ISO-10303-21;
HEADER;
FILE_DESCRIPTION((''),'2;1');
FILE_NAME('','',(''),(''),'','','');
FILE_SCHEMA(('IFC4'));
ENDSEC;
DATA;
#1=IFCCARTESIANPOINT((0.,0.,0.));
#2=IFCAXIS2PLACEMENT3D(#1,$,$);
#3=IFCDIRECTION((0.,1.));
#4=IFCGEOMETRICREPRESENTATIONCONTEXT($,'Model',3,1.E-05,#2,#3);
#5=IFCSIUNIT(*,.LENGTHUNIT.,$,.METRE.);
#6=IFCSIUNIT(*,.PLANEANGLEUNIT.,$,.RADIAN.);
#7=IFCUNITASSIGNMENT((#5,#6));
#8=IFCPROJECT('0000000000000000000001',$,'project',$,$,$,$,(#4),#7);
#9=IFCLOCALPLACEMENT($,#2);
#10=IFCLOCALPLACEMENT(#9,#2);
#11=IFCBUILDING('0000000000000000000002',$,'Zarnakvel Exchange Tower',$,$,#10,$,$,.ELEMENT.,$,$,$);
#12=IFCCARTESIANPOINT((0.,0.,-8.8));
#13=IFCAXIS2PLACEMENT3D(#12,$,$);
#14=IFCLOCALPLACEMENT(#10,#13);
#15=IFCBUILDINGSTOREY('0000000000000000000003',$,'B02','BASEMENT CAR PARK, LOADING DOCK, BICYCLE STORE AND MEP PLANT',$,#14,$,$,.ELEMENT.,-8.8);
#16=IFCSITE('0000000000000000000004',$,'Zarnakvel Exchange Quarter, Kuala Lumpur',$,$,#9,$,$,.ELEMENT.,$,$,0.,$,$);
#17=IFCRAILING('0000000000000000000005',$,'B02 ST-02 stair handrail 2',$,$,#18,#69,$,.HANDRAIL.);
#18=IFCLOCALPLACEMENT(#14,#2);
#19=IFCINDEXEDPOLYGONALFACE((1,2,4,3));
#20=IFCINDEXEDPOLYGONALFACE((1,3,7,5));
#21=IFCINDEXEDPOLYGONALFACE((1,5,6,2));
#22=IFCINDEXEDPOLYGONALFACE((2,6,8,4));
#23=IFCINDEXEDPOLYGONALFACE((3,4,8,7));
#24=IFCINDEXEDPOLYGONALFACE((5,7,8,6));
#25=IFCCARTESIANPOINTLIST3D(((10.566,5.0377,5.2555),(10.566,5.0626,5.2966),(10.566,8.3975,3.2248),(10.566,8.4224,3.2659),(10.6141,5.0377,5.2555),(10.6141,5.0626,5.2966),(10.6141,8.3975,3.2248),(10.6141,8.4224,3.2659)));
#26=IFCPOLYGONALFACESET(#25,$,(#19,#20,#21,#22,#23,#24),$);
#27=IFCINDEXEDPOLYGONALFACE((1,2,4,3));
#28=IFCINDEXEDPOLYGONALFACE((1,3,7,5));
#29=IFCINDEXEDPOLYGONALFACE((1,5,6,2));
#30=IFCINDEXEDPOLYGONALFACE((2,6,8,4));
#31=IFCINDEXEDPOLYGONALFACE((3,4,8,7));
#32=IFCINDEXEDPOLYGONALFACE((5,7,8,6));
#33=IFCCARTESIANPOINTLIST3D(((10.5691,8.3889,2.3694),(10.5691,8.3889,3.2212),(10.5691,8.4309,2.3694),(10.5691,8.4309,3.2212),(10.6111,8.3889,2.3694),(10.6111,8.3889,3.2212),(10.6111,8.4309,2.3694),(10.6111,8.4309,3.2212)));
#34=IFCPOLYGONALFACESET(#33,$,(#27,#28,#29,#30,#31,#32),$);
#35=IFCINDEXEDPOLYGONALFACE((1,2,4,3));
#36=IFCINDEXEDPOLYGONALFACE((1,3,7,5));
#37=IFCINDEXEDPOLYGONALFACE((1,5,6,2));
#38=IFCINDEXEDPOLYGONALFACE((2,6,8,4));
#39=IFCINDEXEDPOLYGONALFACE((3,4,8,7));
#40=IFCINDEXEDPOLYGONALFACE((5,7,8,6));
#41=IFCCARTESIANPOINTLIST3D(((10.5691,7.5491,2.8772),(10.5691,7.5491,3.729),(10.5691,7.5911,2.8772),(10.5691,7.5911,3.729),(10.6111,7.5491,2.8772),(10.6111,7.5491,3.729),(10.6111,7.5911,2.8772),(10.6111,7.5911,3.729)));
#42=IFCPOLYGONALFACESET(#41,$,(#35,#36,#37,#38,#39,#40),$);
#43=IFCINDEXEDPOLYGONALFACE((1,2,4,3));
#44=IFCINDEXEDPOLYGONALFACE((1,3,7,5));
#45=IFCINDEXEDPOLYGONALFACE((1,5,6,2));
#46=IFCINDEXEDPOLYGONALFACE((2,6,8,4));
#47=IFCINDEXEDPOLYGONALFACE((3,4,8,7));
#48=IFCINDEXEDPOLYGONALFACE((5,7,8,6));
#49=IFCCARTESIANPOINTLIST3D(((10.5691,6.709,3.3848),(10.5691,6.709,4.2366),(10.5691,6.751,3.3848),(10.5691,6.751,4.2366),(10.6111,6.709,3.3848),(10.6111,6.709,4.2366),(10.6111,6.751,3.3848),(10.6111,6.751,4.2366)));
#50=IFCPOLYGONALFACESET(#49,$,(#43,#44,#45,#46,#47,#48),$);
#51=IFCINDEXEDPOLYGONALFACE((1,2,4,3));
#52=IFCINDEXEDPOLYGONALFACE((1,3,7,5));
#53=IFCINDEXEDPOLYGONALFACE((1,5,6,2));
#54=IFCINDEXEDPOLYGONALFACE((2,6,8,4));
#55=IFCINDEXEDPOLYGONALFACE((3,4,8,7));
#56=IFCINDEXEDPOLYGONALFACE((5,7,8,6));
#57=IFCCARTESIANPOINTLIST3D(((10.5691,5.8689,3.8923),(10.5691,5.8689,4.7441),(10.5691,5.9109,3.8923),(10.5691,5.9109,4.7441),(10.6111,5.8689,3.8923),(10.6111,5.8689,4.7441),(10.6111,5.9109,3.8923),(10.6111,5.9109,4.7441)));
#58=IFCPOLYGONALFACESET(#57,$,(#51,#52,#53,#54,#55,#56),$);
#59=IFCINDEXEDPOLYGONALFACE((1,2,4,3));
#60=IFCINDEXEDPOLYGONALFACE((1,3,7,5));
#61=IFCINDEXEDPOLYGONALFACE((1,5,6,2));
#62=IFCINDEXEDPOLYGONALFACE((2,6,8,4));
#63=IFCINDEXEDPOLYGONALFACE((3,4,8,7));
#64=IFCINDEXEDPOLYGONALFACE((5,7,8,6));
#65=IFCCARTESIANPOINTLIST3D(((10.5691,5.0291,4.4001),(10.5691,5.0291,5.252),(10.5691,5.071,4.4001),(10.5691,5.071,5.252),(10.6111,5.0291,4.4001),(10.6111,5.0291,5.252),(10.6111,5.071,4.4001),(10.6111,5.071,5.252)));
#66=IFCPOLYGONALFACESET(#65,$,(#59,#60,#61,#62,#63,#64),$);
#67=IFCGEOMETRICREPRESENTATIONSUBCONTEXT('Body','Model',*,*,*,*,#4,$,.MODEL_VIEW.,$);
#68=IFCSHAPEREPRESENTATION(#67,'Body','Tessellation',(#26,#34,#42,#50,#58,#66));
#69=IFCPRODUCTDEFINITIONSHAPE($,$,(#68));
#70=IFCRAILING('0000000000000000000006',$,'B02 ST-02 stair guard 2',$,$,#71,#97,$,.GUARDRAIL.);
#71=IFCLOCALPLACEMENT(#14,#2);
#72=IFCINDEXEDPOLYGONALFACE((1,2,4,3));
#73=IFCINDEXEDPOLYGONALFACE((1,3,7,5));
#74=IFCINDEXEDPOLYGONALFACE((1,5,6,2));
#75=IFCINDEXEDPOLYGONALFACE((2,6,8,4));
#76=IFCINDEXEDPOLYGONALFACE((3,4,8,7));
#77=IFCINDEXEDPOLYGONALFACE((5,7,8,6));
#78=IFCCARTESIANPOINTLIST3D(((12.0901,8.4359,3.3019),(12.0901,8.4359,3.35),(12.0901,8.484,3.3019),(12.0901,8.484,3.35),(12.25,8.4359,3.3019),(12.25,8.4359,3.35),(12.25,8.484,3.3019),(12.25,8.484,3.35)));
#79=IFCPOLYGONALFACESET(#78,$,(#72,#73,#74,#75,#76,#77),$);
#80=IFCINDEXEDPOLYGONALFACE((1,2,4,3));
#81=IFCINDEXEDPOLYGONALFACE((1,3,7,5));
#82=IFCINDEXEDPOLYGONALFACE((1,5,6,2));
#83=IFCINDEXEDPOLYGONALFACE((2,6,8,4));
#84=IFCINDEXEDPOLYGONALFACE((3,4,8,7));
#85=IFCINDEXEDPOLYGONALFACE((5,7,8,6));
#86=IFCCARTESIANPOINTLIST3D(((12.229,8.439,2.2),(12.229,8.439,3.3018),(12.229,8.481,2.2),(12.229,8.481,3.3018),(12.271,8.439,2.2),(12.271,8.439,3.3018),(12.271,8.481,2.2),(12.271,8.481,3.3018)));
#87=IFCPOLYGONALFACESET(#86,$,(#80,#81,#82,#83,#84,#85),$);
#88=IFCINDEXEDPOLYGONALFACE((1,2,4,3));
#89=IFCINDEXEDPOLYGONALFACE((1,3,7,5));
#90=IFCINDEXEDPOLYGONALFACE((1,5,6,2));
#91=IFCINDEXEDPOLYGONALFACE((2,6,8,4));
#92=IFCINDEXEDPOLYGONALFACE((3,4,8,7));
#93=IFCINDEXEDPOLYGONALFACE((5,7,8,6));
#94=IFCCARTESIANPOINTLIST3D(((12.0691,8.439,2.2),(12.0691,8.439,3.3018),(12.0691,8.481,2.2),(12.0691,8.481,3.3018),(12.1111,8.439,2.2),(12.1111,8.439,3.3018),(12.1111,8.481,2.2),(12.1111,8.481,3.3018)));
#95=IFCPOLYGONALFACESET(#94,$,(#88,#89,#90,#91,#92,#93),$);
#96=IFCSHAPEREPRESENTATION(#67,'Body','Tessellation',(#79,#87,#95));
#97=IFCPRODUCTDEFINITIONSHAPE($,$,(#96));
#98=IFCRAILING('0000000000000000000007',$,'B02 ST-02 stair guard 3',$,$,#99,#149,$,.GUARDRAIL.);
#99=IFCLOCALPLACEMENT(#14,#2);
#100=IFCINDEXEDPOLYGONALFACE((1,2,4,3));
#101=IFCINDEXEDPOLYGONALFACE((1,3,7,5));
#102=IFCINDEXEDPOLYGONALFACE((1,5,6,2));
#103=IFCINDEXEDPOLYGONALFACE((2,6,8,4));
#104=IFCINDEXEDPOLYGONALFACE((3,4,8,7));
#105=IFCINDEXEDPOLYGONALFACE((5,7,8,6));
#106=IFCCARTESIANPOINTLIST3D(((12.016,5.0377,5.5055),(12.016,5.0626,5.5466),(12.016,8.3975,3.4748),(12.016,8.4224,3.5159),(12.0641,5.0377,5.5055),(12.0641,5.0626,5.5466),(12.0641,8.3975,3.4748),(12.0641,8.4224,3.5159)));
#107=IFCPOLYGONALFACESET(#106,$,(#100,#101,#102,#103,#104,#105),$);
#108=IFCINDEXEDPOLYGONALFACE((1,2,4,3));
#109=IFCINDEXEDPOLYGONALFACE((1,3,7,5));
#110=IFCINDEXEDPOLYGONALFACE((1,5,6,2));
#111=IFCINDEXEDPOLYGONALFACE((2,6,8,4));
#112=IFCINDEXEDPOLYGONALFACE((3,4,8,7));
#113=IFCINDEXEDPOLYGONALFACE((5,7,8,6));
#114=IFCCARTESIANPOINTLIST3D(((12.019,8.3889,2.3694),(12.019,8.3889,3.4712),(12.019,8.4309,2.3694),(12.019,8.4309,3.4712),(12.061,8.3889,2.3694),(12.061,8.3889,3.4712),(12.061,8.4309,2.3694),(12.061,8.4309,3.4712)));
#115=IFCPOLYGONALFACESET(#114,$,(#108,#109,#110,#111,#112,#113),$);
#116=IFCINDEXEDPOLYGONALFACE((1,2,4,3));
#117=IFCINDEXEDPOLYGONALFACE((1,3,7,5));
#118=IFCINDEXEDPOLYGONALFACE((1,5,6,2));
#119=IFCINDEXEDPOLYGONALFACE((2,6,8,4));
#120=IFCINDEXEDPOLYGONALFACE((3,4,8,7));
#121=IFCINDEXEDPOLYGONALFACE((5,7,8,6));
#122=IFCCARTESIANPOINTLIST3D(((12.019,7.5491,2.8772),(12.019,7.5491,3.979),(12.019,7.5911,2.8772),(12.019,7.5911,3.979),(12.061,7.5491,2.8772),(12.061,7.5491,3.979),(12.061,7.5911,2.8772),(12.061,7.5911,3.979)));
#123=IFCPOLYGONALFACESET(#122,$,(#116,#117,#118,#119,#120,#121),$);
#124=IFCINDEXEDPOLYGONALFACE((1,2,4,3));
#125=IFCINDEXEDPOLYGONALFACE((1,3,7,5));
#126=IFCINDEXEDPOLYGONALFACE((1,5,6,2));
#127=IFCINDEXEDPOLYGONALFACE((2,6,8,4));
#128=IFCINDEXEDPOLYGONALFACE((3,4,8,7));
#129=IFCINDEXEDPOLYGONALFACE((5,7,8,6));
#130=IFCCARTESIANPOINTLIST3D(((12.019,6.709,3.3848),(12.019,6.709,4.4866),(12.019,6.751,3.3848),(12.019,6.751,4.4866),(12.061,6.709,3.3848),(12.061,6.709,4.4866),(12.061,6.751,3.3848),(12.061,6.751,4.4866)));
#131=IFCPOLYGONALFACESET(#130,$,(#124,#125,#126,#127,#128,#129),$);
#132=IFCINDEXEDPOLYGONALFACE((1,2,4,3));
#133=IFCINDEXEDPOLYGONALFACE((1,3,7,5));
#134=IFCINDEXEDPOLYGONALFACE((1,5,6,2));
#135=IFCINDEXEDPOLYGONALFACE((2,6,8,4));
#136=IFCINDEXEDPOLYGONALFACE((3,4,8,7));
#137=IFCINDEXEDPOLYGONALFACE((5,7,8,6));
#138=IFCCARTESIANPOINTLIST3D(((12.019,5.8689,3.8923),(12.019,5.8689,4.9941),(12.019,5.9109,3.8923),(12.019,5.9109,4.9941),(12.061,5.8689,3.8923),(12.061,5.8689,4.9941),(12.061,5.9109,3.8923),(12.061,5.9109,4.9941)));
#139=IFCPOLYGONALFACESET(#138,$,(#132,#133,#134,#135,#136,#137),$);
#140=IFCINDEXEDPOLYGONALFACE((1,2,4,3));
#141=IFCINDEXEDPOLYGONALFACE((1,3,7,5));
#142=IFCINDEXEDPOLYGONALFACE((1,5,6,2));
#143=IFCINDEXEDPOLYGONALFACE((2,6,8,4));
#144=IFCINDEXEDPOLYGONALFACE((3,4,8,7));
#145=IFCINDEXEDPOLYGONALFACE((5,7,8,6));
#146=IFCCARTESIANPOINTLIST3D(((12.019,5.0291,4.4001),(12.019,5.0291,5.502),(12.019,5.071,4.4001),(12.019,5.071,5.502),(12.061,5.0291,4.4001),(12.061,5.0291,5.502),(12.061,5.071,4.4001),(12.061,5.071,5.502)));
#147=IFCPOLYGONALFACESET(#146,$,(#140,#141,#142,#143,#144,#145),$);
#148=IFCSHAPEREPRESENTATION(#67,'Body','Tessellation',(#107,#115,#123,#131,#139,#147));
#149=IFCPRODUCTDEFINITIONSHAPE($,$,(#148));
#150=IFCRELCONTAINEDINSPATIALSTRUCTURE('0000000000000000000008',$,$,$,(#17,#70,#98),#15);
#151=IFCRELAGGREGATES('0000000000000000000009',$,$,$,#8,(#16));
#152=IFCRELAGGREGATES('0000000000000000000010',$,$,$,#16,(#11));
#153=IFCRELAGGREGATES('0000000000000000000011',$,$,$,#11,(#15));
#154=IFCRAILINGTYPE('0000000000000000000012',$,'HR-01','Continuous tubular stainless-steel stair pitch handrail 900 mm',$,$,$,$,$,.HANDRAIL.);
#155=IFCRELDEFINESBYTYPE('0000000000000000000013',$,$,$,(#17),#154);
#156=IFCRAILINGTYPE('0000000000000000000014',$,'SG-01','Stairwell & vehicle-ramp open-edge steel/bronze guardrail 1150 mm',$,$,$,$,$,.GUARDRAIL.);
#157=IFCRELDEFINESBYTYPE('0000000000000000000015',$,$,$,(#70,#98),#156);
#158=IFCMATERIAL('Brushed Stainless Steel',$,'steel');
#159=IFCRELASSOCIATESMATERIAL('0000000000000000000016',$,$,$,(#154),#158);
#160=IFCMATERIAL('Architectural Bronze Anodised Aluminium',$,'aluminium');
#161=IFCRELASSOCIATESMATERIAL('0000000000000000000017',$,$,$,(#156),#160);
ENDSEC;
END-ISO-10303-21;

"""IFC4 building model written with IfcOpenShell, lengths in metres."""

from ifc_helpers import new_model, si_unit, direction, frame, origin, origin_2d, place, context, subcontext, project, spatial, rectangle, extrude, material, type_object, element, save


model = new_model("IFC4")

# Units and contexts
model_context = context("Model", 3, precision=1e-05, world=origin(), true_north=direction((0.0, 1.0)))
body_context = subcontext(model_context, "Body", "Model", "MODEL_VIEW")
ifc_project = project(units=[si_unit("LENGTHUNIT", "METRE"), si_unit("PLANEANGLEUNIT", "RADIAN")], contexts=[model_context])

# Site, building, storey
site_placement = place(None, origin())
site = spatial("IfcSite", under=ifc_project, at=site_placement, Name="Zarnakvel Exchange Quarter, Kuala Lumpur", CompositionType="ELEMENT", RefElevation=0.0)
building_placement = place(site_placement, origin())
building = spatial("IfcBuilding", under=site, at=building_placement, Name="Zarnakvel Exchange Tower", CompositionType="ELEMENT")
storey_placement = place(building_placement, frame((0.0, 0.0, -8.8)))
storey = spatial("IfcBuildingStorey", under=building, at=storey_placement, Name="B02", Description="BASEMENT CAR PARK, LOADING DOCK, BICYCLE STORE AND MEP PLANT", CompositionType="ELEMENT", Elevation=-8.8)

# Shared definitions
ifc_material_1 = material(Name="Architectural Bronze Anodised Aluminium", Category="aluminium")

# Railings
ifc_material_2 = material(Name="Brushed Stainless Steel", Category="steel")
railing_type_1 = type_object("IfcRailingType", Name="HR-01", Description="Continuous tubular stainless-steel stair pitch handrail 900 mm", PredefinedType="HANDRAIL", material=ifc_material_2)
railing_1_placement = place(storey_placement, frame((10.5901, 8.4099, 2.3694)))
element("IfcRailing", 1, at=railing_1_placement, inside=storey, type_object=railing_type_1, Name="B02 ST-02 stair handrail 2", PredefinedType="HANDRAIL", context=body_context, shape_type="SweptSolid", body=[
    extrude(rectangle(XDim=0.0481, YDim=0.0481, at=origin_2d()), frame((0.0, 0.0, 0.876), z_axis=(0.0, -0.85582, 0.517273), x_axis=(1.0, 0.0, 0.0)), (0.0, 0.0, 1.0), 3.9258),
    extrude(rectangle(XDim=0.042, YDim=0.042, at=origin_2d()), origin(), (0.0, 0.0, 1.0), 0.8518),
    extrude(rectangle(XDim=0.042, YDim=0.042, at=origin_2d()), frame((0.0, -0.8398, 0.5078)), (0.0, 0.0, 1.0), 0.8518),
    extrude(rectangle(XDim=0.042, YDim=0.042, at=origin_2d()), frame((0.0, -1.6799, 1.0154)), (0.0, 0.0, 1.0), 0.8518),
    extrude(rectangle(XDim=0.042, YDim=0.042, at=origin_2d()), frame((0.0, -2.52, 1.5229)), (0.0, 0.0, 1.0), 0.8518),
    extrude(rectangle(XDim=0.042, YDim=0.042, at=origin_2d()), frame((0.0, -3.3599, 2.0308)), (0.0, 0.0, 1.0), 0.8518),
])
railing_type_2 = type_object("IfcRailingType", Name="SG-01", Description="Stairwell & vehicle-ramp open-edge steel/bronze guardrail 1150 mm", PredefinedType="GUARDRAIL", material=ifc_material_1)
railing_2_placement = place(storey_placement, frame((12.25, 8.46, 2.2)))
element("IfcRailing", 2, at=railing_2_placement, inside=storey, type_object=railing_type_2, Name="B02 ST-02 stair guard 2", PredefinedType="GUARDRAIL", context=body_context, shape_type="SweptSolid", body=[
    extrude(rectangle(XDim=0.0481, YDim=0.0481, at=origin_2d()), frame((0.0, 0.0, 1.126), z_axis=(-1.0, 0.0, 0.0), x_axis=(0.0, -1.0, 0.0)), (0.0, 0.0, 1.0), 0.1599),
    extrude(rectangle(XDim=0.042, YDim=0.042, at=origin_2d()), origin(), (0.0, 0.0, 1.0), 1.1018),
    extrude(rectangle(XDim=0.042, YDim=0.042, at=origin_2d()), frame((-0.1599, 0.0, 0.0)), (0.0, 0.0, 1.0), 1.1018),
])
railing_3_placement = place(storey_placement, frame((12.04, 8.4099, 2.3694)))
element("IfcRailing", 3, at=railing_3_placement, inside=storey, type_object=railing_type_2, Name="B02 ST-02 stair guard 3", PredefinedType="GUARDRAIL", context=body_context, shape_type="SweptSolid", body=[
    extrude(rectangle(XDim=0.0481, YDim=0.0481, at=origin_2d()), frame((0.0, 0.0, 1.126), z_axis=(0.0, -0.85582, 0.517273), x_axis=(1.0, 0.0, 0.0)), (0.0, 0.0, 1.0), 3.9258),
    extrude(rectangle(XDim=0.042, YDim=0.042, at=origin_2d()), origin(), (0.0, 0.0, 1.0), 1.1018),
    extrude(rectangle(XDim=0.042, YDim=0.042, at=origin_2d()), frame((0.0, -0.8398, 0.5078)), (0.0, 0.0, 1.0), 1.1018),
    extrude(rectangle(XDim=0.042, YDim=0.042, at=origin_2d()), frame((0.0, -1.6799, 1.0154)), (0.0, 0.0, 1.0), 1.1018),
    extrude(rectangle(XDim=0.042, YDim=0.042, at=origin_2d()), frame((0.0, -2.52, 1.5229)), (0.0, 0.0, 1.0), 1.1018),
    extrude(rectangle(XDim=0.042, YDim=0.042, at=origin_2d()), frame((0.0, -3.3599, 2.0308)), (0.0, 0.0, 1.0), 1.1018),
])

save(model, "model.ifc")
